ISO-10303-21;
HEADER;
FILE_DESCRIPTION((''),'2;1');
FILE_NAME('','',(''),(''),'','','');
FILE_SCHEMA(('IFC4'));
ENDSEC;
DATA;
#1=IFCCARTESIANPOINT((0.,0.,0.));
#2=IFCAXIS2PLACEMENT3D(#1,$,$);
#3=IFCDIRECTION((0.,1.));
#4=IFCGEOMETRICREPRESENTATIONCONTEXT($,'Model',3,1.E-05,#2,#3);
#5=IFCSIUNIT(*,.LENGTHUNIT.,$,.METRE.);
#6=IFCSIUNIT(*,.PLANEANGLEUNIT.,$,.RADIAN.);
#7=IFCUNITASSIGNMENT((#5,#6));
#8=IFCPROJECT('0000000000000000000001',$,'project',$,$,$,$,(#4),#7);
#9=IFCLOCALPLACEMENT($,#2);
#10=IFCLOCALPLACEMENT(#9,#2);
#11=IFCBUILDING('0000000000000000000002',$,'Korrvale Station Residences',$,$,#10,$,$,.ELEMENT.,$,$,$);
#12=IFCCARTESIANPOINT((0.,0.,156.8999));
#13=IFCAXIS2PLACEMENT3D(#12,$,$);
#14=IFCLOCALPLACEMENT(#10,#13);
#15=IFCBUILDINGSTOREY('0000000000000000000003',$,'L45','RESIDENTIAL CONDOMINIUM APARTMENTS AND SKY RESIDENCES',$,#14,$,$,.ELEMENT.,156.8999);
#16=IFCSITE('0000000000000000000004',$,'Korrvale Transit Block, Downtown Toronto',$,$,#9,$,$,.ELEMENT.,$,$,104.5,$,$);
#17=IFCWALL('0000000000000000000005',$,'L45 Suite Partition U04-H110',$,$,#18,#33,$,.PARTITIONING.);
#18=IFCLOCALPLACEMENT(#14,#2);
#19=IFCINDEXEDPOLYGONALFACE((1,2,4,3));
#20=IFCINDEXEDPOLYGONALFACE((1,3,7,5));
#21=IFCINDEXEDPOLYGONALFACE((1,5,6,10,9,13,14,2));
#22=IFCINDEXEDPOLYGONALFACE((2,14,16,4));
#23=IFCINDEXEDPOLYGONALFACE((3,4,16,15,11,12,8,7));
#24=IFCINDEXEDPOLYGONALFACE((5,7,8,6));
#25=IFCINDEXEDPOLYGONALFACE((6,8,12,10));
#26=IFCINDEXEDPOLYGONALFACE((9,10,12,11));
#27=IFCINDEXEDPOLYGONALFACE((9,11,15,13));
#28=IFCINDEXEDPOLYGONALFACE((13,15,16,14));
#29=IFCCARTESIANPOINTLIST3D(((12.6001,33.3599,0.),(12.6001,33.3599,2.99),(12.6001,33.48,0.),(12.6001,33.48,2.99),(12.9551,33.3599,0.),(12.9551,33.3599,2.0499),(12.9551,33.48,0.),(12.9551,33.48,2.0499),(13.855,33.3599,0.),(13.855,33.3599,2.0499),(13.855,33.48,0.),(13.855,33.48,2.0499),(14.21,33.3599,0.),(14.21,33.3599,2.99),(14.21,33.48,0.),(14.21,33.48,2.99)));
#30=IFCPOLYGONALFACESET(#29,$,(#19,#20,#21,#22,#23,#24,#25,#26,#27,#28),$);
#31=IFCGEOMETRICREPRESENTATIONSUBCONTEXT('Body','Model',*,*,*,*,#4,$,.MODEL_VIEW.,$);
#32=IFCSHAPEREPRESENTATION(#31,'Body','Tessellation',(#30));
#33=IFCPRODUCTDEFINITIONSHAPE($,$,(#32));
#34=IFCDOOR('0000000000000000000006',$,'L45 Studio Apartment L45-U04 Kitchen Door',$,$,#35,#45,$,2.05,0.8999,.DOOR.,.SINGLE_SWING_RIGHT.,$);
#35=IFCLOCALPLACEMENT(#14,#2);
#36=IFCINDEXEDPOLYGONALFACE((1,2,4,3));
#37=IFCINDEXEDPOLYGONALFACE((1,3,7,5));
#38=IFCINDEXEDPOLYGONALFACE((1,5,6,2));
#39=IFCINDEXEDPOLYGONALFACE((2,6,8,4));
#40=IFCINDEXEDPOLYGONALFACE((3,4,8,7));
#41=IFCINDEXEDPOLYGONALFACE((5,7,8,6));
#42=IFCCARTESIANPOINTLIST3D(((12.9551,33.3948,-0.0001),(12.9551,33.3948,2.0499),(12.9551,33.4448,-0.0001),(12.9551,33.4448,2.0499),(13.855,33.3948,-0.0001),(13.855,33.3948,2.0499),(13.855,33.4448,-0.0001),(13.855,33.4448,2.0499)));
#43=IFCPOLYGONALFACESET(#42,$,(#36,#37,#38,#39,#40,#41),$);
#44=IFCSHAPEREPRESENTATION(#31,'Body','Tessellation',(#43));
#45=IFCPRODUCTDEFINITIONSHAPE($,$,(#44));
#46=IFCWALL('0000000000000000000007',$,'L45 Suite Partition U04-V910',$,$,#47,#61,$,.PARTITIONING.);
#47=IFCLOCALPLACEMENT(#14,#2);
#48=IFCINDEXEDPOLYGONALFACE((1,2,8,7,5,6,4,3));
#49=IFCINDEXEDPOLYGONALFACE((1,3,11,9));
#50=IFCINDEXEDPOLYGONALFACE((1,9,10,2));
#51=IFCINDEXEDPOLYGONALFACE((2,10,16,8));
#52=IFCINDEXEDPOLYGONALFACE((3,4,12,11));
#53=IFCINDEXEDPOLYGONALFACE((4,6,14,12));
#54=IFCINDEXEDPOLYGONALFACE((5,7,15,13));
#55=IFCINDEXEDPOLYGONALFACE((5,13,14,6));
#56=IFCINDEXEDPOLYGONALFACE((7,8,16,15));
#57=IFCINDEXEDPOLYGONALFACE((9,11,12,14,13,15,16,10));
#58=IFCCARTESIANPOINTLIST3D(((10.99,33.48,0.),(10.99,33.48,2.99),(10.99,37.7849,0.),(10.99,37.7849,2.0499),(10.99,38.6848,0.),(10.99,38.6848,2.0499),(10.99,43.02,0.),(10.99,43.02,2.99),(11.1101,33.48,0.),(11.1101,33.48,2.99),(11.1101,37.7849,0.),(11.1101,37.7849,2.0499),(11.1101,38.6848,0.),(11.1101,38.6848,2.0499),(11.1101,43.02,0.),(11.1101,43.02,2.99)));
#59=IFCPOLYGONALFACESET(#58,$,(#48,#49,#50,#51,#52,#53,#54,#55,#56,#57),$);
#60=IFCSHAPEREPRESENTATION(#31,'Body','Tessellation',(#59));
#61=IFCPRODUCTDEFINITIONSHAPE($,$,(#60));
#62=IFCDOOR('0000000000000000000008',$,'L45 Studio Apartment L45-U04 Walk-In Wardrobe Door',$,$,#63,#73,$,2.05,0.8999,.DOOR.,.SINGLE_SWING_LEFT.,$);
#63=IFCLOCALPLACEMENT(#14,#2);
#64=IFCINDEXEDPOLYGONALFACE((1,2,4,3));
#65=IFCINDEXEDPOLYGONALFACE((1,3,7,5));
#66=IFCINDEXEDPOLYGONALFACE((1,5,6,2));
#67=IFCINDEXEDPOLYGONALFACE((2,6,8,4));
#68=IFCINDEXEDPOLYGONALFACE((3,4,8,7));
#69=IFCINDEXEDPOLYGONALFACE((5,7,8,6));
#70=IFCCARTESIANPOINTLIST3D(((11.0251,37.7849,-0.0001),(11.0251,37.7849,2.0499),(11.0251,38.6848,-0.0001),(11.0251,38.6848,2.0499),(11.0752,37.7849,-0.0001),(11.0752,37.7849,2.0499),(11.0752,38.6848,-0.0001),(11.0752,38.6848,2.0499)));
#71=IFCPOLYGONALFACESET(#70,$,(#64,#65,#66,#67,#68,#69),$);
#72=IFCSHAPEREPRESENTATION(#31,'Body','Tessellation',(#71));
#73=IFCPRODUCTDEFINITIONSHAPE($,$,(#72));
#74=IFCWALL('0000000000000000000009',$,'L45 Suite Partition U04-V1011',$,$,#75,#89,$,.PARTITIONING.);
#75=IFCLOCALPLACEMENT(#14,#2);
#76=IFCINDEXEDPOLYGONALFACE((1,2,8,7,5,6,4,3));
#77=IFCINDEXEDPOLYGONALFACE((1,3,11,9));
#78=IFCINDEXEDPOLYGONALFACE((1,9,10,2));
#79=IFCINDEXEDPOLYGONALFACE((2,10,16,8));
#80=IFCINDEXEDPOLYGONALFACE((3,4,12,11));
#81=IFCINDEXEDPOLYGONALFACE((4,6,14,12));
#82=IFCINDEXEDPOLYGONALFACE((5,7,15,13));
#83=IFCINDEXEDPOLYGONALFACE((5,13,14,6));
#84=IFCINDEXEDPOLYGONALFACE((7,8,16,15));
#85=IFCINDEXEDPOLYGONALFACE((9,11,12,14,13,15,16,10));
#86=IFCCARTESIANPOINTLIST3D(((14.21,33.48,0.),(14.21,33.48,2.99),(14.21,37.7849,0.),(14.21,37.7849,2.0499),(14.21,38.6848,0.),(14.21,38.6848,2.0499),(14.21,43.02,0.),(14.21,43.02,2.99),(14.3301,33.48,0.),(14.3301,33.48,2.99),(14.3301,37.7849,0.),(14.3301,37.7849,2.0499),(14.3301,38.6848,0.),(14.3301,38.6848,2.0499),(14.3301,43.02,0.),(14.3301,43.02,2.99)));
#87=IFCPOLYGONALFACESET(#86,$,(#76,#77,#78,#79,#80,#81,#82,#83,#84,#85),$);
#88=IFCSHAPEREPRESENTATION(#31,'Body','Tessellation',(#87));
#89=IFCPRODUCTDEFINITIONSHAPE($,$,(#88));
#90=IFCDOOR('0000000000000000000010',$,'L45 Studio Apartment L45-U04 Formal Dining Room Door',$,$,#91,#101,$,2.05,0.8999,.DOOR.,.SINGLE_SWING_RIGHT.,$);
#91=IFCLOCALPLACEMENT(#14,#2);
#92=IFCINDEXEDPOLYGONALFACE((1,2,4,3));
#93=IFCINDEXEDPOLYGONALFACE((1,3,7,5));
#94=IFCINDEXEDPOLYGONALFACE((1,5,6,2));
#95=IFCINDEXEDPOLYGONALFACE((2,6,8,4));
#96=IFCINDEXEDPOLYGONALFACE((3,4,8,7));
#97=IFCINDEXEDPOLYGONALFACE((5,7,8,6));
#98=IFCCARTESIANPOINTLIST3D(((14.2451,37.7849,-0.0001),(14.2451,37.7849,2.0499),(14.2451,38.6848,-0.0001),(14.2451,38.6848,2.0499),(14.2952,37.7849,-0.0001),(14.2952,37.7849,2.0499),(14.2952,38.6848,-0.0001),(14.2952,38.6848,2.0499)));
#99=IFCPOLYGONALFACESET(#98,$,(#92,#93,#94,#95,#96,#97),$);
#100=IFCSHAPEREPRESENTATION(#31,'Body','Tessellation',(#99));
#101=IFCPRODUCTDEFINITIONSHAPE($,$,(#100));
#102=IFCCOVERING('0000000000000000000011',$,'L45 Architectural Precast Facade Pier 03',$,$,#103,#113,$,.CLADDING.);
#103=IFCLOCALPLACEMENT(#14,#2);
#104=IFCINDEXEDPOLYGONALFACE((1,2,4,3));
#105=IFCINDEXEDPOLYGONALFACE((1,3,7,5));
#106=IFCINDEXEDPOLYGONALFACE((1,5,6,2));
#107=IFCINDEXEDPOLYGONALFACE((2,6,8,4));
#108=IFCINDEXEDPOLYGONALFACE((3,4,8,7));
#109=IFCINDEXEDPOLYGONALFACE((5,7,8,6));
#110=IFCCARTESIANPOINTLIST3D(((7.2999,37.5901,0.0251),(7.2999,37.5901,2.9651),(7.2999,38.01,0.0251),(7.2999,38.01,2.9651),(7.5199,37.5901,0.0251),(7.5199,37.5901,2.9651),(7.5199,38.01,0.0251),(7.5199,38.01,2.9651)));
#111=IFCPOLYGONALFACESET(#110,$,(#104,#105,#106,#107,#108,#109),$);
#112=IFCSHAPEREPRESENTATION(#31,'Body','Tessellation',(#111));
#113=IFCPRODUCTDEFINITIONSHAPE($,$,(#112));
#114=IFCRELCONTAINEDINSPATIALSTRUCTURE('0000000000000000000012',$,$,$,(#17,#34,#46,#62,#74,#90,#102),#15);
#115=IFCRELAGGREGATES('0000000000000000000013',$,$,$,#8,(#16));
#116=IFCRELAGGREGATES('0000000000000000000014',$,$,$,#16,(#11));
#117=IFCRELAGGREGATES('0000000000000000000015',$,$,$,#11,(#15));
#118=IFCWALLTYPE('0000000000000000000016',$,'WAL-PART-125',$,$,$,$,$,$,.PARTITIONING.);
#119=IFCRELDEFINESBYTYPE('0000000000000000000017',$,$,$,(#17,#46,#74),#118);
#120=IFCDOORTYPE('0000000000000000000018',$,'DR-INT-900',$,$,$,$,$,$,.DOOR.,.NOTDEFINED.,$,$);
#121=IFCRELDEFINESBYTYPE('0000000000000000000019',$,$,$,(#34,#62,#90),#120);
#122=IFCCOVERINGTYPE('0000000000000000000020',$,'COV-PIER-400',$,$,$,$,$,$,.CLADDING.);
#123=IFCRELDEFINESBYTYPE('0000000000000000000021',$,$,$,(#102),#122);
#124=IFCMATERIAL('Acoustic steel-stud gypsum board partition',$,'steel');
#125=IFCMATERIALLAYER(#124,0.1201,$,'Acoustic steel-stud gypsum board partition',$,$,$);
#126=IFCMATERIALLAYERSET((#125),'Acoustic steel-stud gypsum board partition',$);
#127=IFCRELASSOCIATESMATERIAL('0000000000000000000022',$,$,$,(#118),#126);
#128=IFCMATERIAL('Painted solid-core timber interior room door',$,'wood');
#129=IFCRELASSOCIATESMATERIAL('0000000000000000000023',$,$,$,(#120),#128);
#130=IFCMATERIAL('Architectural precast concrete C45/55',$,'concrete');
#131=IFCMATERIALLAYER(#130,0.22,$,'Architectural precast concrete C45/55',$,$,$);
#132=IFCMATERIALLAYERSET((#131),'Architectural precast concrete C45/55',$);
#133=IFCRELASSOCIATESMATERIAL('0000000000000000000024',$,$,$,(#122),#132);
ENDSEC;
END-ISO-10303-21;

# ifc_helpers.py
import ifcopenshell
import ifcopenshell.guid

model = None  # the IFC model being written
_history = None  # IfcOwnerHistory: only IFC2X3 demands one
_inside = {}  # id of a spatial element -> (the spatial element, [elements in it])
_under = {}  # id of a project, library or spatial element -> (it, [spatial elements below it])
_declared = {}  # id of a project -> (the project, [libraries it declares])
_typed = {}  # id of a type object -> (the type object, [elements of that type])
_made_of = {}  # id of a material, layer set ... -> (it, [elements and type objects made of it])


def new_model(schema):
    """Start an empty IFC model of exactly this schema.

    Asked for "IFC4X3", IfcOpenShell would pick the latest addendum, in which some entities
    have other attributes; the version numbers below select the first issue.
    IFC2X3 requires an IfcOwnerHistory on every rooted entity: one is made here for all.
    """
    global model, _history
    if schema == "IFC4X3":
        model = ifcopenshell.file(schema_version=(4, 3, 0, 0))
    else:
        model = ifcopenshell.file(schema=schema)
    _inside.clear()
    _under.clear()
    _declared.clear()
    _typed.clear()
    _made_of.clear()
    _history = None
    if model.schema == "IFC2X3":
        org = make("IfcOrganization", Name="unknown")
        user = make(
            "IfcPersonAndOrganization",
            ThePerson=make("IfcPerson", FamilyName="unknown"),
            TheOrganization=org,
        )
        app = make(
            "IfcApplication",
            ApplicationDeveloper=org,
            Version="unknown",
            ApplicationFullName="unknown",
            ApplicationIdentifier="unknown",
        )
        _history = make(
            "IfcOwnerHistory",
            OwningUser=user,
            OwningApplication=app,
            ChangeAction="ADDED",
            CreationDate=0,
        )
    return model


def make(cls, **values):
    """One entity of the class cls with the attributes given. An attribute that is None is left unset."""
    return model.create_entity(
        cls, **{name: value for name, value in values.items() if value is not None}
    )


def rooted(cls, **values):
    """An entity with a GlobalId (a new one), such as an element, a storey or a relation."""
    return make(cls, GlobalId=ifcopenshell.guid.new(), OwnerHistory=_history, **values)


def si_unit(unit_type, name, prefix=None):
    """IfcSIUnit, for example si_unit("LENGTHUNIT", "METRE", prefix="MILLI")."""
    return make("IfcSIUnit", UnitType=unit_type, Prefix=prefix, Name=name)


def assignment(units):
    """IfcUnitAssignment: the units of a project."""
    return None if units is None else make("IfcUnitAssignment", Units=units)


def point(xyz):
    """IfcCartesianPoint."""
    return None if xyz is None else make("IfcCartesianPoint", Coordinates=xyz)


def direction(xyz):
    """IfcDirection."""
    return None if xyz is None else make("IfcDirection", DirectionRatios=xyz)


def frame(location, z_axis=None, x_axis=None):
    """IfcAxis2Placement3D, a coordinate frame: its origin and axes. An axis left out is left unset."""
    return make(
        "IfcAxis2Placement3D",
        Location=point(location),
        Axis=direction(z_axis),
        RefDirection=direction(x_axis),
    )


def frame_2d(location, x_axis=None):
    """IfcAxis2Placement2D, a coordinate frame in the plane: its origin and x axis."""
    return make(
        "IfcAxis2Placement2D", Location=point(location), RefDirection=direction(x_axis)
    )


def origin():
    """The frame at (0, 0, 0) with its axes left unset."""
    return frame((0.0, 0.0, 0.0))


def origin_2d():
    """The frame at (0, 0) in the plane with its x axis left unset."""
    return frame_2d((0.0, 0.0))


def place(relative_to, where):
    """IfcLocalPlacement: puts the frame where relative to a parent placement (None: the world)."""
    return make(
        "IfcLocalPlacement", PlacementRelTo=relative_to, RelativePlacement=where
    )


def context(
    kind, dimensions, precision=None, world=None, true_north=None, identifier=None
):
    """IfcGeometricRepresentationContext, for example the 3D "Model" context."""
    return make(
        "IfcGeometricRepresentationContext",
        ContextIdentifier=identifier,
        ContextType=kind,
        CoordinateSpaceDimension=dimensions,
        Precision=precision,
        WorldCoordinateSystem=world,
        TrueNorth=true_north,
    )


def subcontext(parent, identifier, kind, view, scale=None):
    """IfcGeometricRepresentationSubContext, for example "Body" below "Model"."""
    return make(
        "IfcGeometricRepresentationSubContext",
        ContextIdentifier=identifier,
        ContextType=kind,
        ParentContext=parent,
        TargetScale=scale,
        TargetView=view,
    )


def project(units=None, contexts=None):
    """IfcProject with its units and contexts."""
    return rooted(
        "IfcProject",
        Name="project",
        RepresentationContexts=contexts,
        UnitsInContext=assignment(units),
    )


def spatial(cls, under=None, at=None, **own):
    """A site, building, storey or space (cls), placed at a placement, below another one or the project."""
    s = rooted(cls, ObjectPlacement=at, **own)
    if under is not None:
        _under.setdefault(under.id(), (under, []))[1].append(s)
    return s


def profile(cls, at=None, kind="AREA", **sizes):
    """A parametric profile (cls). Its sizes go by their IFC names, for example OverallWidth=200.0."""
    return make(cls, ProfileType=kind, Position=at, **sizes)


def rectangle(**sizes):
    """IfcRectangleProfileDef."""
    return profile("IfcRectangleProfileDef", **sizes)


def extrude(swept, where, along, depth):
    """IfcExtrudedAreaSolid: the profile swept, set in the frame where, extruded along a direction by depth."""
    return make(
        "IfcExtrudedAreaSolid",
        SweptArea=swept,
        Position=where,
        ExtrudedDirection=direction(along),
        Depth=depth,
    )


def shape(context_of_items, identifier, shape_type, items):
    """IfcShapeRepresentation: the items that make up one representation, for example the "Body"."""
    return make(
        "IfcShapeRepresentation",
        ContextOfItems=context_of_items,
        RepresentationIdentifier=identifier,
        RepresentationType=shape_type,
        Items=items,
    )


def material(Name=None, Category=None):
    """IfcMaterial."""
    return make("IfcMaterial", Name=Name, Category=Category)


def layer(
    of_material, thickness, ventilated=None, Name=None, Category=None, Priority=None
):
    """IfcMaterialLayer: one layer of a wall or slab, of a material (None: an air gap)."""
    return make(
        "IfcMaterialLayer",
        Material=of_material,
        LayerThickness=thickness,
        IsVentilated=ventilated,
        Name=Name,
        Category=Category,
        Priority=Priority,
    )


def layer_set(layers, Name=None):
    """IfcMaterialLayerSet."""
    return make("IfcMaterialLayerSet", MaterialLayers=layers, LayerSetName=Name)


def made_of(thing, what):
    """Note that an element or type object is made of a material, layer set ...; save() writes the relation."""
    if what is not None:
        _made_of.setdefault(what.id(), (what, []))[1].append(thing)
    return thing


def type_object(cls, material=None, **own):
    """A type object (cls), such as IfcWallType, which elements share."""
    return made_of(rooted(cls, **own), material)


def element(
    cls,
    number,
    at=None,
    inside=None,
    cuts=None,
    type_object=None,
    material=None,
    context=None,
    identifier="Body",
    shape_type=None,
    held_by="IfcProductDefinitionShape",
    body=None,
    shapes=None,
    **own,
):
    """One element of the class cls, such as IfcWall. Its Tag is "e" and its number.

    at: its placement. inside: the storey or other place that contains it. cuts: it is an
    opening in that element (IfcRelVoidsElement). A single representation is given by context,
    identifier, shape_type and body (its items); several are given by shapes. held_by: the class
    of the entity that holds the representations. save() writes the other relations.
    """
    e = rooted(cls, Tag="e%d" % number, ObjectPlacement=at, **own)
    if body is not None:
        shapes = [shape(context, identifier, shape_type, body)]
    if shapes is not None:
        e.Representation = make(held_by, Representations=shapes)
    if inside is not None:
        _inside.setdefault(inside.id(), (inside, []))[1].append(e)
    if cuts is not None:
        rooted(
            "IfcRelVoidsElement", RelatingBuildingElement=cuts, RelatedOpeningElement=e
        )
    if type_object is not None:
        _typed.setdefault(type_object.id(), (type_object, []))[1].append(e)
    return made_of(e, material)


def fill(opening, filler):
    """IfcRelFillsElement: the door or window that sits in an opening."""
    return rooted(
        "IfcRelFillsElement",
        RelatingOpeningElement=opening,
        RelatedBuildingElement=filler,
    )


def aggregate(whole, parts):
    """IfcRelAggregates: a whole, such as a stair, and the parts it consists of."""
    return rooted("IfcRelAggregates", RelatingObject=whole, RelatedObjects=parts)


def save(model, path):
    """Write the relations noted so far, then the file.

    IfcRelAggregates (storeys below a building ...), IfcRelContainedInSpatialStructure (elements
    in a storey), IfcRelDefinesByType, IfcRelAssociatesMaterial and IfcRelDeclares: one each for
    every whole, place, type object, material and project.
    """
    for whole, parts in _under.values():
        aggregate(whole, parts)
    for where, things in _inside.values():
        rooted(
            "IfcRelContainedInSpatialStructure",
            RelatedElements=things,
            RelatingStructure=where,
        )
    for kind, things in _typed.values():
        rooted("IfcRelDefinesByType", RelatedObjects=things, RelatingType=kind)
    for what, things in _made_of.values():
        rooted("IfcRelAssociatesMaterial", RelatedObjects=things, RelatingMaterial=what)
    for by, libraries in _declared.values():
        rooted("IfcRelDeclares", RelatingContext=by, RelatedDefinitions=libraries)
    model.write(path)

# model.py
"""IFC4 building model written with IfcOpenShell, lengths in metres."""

from ifc_helpers import new_model, si_unit, direction, frame, frame_2d, origin, origin_2d, place, context, subcontext, project, spatial, rectangle, extrude, material, layer, layer_set, type_object, element, fill, save


model = new_model("IFC4")

# Units and contexts
model_context = context("Model", 3, precision=1e-05, world=origin(), true_north=direction((0.0, 1.0)))
body_context = subcontext(model_context, "Body", "Model", "MODEL_VIEW")
ifc_project = project(units=[si_unit("LENGTHUNIT", "METRE"), si_unit("PLANEANGLEUNIT", "RADIAN")], contexts=[model_context])

# Site, building, storey
site_placement = place(None, origin())
site = spatial("IfcSite", under=ifc_project, at=site_placement, Name="Korrvale Transit Block, Downtown Toronto", CompositionType="ELEMENT", RefElevation=104.5)
building_placement = place(site_placement, origin())
building = spatial("IfcBuilding", under=site, at=building_placement, Name="Korrvale Station Residences", CompositionType="ELEMENT")
storey_placement = place(building_placement, frame((0.0, 0.0, 156.8999)))
storey = spatial("IfcBuildingStorey", under=building, at=storey_placement, Name="L45", Description="RESIDENTIAL CONDOMINIUM APARTMENTS AND SKY RESIDENCES", CompositionType="ELEMENT", Elevation=156.8999)

# Shared definitions
ifc_material_1 = material(Name="Acoustic steel-stud gypsum board partition", Category="steel")
ifc_layer_1 = layer(ifc_material_1, 0.1201, Name="Acoustic steel-stud gypsum board partition")
ifc_layer_set_1 = layer_set([ifc_layer_1], Name="Acoustic steel-stud gypsum board partition")
wall_type_1 = type_object("IfcWallType", Name="WAL-PART-125", PredefinedType="PARTITIONING", material=ifc_layer_set_1)

# Walls, openings, doors
wall_1_placement = place(storey_placement, frame((12.6001, 33.4199, 0.0), z_axis=(0.0, 0.0, 1.0), x_axis=(1.0, 0.0, 0.0)))
wall_1 = element("IfcWall", 1, at=wall_1_placement, inside=storey, type_object=wall_type_1, Name="L45 Suite Partition U04-H110", PredefinedType="PARTITIONING", context=body_context, shape_type="SweptSolid", body=[
    extrude(rectangle(XDim=1.6099, YDim=0.1201, at=frame_2d((0.8049, 0.0))), origin(), (0.0, 0.0, 1.0), 2.99),
])
opening_1_placement = place(wall_1_placement, frame((0.355, 0.0, 0.0)))
opening_1 = element("IfcOpeningElement", 2, at=opening_1_placement, cuts=wall_1, PredefinedType="OPENING", context=body_context, shape_type="SweptSolid", body=[
    extrude(rectangle(XDim=0.8999, YDim=2.05, at=frame_2d((0.45, 1.0249))), frame((0.0, 0.0701, 0.0), z_axis=(0.0, -1.0, 0.0), x_axis=(1.0, 0.0, 0.0)), (0.0, 0.0, 1.0), 0.1401),
])
ifc_material_2 = material(Name="Painted solid-core timber interior room door", Category="wood")
door_type = type_object("IfcDoorType", Name="DR-INT-900", OperationType="NOTDEFINED", PredefinedType="DOOR", material=ifc_material_2)
door_1_placement = place(opening_1_placement, origin())
door_1 = element("IfcDoor", 3, at=door_1_placement, inside=storey, type_object=door_type, Name="L45 Studio Apartment L45-U04 Kitchen Door", OperationType="SINGLE_SWING_RIGHT", OverallHeight=2.05, OverallWidth=0.8999, PredefinedType="DOOR", context=body_context, shape_type="SweptSolid", body=[
    extrude(rectangle(XDim=0.8999, YDim=2.05, at=frame_2d((0.45, 1.0249))), frame((0.0, 0.0249, 0.0), z_axis=(0.0, -1.0, 0.0), x_axis=(1.0, 0.0, 0.0)), (0.0, 0.0, 1.0), 0.05),
])
fill(opening_1, door_1)
wall_2_placement = place(storey_placement, frame((11.05, 33.48, 0.0), z_axis=(0.0, 0.0, 1.0), x_axis=(0.0, 1.0, 0.0)))
wall_2 = element("IfcWall", 4, at=wall_2_placement, inside=storey, type_object=wall_type_1, Name="L45 Suite Partition U04-V910", PredefinedType="PARTITIONING", context=body_context, shape_type="SweptSolid", body=[
    extrude(rectangle(XDim=9.54, YDim=0.1201, at=frame_2d((4.77, 0.0))), origin(), (0.0, 0.0, 1.0), 2.99),
])
opening_2_placement = place(wall_2_placement, frame((4.3049, 0.0, 0.0)))
opening_2 = element("IfcOpeningElement", 5, at=opening_2_placement, cuts=wall_2, PredefinedType="OPENING", context=body_context, shape_type="SweptSolid", body=[
    extrude(rectangle(XDim=0.8999, YDim=2.05, at=frame_2d((0.45, 1.0249))), frame((0.0, 0.0701, 0.0), z_axis=(0.0, -1.0, 0.0), x_axis=(1.0, 0.0, 0.0)), (0.0, 0.0, 1.0), 0.1401),
])
door_2_placement = place(opening_2_placement, origin())
door_2 = element("IfcDoor", 6, at=door_2_placement, inside=storey, type_object=door_type, Name="L45 Studio Apartment L45-U04 Walk-In Wardrobe Door", OperationType="SINGLE_SWING_LEFT", OverallHeight=2.05, OverallWidth=0.8999, PredefinedType="DOOR", context=body_context, shape_type="SweptSolid", body=[
    extrude(rectangle(XDim=0.8999, YDim=2.05, at=frame_2d((0.45, 1.0249))), frame((0.0, 0.0249, 0.0), z_axis=(0.0, -1.0, 0.0), x_axis=(1.0, 0.0, 0.0)), (0.0, 0.0, 1.0), 0.05),
])
fill(opening_2, door_2)
wall_3_placement = place(storey_placement, frame((14.27, 33.48, 0.0), z_axis=(0.0, 0.0, 1.0), x_axis=(0.0, 1.0, 0.0)))
wall_3 = element("IfcWall", 7, at=wall_3_placement, inside=storey, type_object=wall_type_1, Name="L45 Suite Partition U04-V1011", PredefinedType="PARTITIONING", context=body_context, shape_type="SweptSolid", body=[
    extrude(rectangle(XDim=9.54, YDim=0.1201, at=frame_2d((4.77, 0.0))), origin(), (0.0, 0.0, 1.0), 2.99),
])
opening_3_placement = place(wall_3_placement, frame((4.3049, 0.0, 0.0)))
opening_3 = element("IfcOpeningElement", 8, at=opening_3_placement, cuts=wall_3, PredefinedType="OPENING", context=body_context, shape_type="SweptSolid", body=[
    extrude(rectangle(XDim=0.8999, YDim=2.05, at=frame_2d((0.45, 1.0249))), frame((0.0, 0.0701, 0.0), z_axis=(0.0, -1.0, 0.0), x_axis=(1.0, 0.0, 0.0)), (0.0, 0.0, 1.0), 0.1401),
])
door_3_placement = place(opening_3_placement, origin())
door_3 = element("IfcDoor", 9, at=door_3_placement, inside=storey, type_object=door_type, Name="L45 Studio Apartment L45-U04 Formal Dining Room Door", OperationType="SINGLE_SWING_RIGHT", OverallHeight=2.05, OverallWidth=0.8999, PredefinedType="DOOR", context=body_context, shape_type="SweptSolid", body=[
    extrude(rectangle(XDim=0.8999, YDim=2.05, at=frame_2d((0.45, 1.0249))), frame((0.0, 0.0249, 0.0), z_axis=(0.0, -1.0, 0.0), x_axis=(1.0, 0.0, 0.0)), (0.0, 0.0, 1.0), 0.05),
])
fill(opening_3, door_3)

# Covering
ifc_material_3 = material(Name="Architectural precast concrete C45/55", Category="concrete")
ifc_layer_2 = layer(ifc_material_3, 0.22, Name="Architectural precast concrete C45/55")
ifc_layer_set_2 = layer_set([ifc_layer_2], Name="Architectural precast concrete C45/55")
covering_type = type_object("IfcCoveringType", Name="COV-PIER-400", PredefinedType="CLADDING", material=ifc_layer_set_2)
covering_placement = place(storey_placement, frame((7.4099, 37.8, 0.0251), z_axis=(0.0, 0.0, 1.0), x_axis=(0.0, 1.0, 0.0)))
element("IfcCovering", 10, at=covering_placement, inside=storey, type_object=covering_type, Name="L45 Architectural Precast Facade Pier 03", PredefinedType="CLADDING", context=body_context, shape_type="SweptSolid", body=[
    extrude(rectangle(XDim=0.4199, YDim=0.22, at=origin_2d()), origin(), (0.0, 0.0, 1.0), 2.9399),
])

save(model, "model.ifc")
